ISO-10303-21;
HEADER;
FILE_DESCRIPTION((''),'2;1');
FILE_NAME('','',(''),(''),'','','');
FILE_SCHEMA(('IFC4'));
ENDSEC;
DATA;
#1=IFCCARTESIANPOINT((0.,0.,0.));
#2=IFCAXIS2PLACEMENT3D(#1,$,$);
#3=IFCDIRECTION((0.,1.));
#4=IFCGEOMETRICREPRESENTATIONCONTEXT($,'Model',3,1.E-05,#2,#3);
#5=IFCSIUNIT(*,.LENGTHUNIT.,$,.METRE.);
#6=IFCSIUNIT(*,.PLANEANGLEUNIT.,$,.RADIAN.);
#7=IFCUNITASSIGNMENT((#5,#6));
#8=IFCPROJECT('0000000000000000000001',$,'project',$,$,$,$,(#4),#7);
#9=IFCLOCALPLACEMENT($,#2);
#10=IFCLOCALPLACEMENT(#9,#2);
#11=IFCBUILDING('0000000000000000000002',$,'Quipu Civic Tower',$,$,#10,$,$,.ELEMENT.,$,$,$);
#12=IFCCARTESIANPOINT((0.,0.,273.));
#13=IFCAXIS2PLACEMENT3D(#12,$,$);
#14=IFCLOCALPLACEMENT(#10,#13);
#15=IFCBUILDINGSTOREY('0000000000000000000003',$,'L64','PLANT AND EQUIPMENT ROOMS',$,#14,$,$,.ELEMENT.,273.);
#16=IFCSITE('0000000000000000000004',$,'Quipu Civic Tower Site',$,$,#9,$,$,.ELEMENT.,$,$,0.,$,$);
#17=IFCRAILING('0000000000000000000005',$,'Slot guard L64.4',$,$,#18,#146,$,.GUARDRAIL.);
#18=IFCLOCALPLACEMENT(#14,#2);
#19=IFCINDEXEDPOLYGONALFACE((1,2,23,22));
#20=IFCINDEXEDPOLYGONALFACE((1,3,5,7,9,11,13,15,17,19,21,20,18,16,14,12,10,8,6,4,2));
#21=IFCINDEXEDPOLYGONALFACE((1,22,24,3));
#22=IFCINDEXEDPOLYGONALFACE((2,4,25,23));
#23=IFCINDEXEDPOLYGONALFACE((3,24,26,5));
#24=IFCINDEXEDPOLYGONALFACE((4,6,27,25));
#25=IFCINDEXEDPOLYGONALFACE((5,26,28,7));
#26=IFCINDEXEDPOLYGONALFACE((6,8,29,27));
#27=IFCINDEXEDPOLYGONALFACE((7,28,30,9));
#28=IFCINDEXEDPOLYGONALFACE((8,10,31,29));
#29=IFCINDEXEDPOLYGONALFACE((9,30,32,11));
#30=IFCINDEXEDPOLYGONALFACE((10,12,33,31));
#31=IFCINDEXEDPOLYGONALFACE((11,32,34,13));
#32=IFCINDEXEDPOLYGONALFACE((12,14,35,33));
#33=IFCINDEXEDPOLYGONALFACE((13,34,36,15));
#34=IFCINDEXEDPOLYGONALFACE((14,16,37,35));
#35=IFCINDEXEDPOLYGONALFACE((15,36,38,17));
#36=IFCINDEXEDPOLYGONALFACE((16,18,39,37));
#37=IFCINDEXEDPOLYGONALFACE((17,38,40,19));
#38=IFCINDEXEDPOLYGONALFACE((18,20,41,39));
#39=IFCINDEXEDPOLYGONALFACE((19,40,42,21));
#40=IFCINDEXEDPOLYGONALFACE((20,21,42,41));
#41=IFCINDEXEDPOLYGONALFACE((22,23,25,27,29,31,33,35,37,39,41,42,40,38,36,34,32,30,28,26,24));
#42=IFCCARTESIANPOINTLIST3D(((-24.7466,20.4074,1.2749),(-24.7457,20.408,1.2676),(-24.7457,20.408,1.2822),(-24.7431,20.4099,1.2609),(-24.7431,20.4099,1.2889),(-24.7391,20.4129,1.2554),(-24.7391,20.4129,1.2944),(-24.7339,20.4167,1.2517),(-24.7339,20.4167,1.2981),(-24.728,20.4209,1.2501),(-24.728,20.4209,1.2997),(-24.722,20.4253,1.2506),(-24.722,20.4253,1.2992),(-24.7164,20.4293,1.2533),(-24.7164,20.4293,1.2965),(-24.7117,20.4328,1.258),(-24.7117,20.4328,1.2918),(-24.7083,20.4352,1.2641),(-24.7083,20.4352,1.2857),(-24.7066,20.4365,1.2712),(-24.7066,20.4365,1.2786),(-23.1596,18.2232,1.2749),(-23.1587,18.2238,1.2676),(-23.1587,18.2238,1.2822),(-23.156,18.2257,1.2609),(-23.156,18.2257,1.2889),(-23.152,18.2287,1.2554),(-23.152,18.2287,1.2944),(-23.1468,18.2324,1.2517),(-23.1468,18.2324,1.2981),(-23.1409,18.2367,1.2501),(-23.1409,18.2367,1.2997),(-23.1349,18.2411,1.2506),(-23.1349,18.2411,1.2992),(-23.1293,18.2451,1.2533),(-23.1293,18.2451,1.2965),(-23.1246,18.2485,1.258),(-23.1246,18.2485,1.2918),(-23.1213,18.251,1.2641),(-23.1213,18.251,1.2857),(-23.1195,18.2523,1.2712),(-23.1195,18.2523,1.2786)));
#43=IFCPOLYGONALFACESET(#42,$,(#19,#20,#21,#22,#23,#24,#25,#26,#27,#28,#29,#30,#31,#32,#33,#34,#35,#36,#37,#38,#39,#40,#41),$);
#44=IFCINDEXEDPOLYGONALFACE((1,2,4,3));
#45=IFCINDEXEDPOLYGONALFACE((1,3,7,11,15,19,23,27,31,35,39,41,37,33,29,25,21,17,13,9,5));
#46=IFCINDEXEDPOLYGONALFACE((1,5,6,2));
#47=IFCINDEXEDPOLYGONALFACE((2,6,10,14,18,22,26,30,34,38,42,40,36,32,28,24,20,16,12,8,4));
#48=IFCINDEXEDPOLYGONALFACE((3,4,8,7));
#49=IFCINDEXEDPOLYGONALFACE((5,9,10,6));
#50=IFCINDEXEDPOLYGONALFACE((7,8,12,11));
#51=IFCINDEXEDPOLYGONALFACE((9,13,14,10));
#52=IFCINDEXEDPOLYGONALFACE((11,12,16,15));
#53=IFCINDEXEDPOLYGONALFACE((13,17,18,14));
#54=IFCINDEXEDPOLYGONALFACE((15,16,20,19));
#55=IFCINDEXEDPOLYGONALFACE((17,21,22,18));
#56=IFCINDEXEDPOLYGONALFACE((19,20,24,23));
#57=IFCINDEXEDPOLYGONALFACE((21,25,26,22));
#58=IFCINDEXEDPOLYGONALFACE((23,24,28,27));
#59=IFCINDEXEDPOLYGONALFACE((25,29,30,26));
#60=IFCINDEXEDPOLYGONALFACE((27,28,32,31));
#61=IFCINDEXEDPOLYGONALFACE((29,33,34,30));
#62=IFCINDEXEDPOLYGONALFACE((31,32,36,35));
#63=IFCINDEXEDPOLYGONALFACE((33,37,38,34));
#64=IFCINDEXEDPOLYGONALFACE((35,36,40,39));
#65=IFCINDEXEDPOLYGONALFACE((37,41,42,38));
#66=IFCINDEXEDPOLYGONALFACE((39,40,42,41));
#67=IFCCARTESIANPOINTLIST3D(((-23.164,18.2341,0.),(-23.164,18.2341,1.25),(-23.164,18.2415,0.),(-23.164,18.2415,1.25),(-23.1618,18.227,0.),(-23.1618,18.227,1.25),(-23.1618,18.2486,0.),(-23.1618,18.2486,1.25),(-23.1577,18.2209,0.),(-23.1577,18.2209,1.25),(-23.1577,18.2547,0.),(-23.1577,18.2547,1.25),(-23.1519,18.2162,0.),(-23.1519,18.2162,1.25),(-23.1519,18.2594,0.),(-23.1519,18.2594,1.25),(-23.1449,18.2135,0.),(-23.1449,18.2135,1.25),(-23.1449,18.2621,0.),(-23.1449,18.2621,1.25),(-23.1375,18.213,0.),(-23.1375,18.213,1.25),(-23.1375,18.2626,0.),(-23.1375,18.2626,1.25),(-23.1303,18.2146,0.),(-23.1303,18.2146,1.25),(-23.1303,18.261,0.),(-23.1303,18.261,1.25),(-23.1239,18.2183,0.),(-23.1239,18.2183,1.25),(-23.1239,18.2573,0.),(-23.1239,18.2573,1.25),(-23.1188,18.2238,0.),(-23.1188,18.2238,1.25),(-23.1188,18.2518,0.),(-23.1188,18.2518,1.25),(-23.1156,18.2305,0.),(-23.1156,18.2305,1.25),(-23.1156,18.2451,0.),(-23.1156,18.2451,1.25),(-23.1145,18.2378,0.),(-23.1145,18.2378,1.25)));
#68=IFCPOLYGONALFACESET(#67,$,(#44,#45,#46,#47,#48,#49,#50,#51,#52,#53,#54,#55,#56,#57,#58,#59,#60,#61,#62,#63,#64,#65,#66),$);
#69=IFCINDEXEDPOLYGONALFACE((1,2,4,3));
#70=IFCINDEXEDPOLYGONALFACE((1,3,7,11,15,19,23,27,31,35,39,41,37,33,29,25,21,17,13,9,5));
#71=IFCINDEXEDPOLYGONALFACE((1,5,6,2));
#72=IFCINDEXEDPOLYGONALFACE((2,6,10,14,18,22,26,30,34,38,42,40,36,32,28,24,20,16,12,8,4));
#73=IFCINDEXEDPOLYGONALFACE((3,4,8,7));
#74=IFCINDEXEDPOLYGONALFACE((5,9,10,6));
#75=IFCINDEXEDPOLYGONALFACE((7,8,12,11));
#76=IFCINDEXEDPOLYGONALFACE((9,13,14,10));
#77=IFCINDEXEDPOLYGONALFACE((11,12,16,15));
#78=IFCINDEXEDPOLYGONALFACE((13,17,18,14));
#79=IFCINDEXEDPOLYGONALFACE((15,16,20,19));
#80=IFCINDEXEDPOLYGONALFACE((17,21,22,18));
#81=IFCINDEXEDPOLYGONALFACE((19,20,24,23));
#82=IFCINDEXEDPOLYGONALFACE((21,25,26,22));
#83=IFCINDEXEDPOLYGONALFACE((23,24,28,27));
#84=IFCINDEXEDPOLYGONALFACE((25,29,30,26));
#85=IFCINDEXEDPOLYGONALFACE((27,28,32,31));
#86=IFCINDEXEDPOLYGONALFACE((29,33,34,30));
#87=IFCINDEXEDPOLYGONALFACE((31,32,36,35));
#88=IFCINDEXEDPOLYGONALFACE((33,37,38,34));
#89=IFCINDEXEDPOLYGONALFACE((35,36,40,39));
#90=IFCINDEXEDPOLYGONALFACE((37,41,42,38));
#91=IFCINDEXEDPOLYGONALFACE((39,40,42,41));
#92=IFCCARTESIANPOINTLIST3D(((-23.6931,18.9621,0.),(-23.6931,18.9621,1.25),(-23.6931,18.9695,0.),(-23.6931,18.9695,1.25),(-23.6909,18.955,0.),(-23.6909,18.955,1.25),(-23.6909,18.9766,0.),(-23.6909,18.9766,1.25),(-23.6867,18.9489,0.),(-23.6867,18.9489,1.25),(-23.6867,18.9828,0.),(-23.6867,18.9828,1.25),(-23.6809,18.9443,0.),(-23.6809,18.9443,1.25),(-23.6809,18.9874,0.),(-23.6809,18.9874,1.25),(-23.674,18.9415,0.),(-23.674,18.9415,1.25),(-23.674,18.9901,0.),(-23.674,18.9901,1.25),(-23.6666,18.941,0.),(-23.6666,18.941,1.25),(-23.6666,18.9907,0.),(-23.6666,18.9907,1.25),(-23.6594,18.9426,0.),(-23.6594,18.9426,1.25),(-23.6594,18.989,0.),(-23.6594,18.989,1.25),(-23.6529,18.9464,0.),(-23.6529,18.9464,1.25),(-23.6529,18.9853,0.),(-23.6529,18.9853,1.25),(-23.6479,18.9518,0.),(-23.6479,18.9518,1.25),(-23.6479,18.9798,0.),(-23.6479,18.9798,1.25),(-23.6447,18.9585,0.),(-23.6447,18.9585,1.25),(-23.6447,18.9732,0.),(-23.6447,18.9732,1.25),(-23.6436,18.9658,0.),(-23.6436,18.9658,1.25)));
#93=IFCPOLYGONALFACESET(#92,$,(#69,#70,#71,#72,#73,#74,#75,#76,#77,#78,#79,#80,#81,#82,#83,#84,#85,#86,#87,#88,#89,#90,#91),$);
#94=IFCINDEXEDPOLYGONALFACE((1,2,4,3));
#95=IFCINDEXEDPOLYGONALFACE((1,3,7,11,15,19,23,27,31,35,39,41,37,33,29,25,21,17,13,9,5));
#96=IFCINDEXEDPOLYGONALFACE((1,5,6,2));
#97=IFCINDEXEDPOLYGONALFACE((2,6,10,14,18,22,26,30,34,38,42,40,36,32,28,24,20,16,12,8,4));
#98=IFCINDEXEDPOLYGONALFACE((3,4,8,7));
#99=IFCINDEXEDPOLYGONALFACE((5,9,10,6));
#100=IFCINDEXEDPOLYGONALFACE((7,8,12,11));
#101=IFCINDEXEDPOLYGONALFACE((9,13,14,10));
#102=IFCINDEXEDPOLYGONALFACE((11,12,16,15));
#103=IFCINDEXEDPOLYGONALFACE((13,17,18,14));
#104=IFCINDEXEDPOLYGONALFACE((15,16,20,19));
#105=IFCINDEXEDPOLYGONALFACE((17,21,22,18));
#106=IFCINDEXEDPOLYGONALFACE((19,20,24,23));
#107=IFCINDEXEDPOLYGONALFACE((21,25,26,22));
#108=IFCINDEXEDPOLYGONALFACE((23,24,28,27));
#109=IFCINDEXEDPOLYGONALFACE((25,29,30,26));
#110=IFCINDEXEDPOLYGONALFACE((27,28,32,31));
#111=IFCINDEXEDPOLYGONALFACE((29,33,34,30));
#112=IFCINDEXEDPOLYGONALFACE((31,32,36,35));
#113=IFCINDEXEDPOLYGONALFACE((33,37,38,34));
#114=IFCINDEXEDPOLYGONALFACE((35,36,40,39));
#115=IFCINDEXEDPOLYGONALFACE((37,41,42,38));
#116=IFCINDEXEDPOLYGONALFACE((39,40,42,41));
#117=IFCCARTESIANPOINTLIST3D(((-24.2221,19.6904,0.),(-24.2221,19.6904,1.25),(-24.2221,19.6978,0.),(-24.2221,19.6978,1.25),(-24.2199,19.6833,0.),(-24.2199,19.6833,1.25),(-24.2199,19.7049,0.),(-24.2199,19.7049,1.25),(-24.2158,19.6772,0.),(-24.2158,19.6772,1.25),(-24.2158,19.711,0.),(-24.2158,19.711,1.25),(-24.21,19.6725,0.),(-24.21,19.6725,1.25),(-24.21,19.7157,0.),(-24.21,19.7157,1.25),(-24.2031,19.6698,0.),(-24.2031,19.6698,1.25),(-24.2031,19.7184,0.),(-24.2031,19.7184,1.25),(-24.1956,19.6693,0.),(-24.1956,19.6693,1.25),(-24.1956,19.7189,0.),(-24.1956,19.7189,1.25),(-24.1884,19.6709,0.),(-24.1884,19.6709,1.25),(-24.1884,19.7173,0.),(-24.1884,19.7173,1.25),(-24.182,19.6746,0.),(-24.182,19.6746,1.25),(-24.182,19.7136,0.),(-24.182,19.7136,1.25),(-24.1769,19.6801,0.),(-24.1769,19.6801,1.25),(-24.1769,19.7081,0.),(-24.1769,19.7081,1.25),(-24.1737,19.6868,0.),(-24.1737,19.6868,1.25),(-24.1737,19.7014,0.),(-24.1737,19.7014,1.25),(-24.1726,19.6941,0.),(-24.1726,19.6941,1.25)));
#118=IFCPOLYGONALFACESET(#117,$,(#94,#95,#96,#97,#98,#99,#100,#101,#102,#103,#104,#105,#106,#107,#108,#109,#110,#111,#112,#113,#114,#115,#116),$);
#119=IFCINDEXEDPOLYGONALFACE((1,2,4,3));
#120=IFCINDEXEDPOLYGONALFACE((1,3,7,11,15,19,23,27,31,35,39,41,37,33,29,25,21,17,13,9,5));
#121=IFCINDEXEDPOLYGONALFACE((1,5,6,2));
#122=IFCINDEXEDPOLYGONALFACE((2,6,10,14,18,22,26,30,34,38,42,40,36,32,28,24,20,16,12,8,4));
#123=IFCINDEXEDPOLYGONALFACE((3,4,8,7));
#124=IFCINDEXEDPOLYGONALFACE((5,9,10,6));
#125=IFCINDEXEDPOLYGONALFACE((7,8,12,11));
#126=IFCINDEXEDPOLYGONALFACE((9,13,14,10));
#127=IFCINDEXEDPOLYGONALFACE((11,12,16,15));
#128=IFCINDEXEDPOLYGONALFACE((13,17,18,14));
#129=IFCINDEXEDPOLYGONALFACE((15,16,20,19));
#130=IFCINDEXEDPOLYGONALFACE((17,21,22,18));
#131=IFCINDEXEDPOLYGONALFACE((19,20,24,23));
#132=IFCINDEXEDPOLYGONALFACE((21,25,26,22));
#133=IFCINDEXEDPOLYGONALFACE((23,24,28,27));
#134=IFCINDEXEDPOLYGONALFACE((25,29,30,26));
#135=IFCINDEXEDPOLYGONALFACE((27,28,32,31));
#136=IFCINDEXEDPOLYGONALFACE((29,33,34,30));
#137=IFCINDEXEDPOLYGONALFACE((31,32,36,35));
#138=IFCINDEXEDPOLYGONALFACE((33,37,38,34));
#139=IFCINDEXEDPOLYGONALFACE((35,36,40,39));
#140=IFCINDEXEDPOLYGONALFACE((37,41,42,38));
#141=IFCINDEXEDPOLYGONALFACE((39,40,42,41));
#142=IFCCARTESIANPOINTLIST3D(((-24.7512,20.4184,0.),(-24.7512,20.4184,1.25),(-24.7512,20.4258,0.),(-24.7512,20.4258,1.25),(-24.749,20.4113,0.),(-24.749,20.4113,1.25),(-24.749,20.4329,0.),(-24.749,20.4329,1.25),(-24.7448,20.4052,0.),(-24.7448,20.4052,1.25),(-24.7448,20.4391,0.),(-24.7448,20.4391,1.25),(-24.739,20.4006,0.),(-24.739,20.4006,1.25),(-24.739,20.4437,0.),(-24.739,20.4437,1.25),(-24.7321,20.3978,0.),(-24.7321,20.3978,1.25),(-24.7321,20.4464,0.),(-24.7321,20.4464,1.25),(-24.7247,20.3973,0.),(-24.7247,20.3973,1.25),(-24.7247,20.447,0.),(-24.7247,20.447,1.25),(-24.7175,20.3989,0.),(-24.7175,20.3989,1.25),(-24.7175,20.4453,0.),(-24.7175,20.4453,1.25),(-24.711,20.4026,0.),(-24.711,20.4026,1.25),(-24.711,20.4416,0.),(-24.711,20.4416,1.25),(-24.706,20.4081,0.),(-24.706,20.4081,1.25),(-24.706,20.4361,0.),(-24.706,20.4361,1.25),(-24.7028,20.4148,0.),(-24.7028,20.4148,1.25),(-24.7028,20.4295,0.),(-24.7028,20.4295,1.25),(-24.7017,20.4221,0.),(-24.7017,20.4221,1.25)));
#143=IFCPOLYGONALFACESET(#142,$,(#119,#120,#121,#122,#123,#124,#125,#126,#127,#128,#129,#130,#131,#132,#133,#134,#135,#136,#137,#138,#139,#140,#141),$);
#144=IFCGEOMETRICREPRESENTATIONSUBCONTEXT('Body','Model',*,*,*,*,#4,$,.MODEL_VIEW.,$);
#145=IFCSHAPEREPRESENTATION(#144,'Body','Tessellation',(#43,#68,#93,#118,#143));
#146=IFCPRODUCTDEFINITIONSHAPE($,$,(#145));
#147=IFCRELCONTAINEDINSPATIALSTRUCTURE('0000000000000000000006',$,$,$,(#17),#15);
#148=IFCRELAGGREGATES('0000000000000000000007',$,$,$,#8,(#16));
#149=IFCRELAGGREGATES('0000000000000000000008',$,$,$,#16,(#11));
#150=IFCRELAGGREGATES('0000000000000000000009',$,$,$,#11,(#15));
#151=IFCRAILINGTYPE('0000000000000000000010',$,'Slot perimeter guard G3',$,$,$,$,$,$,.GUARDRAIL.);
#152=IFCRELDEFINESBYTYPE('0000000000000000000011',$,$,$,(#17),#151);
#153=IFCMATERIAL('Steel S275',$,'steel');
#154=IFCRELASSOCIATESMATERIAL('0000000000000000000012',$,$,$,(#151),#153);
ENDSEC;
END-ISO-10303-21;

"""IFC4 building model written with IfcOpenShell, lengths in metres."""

from ifc_helpers import new_model, si_unit, direction, frame, origin, origin_2d, place, context, subcontext, project, spatial, circle, extrude, material, type_object, element, save


model = new_model("IFC4")

# Units and contexts
model_context = context("Model", 3, precision=1e-05, world=origin(), true_north=direction((0.0, 1.0)))
body_context = subcontext(model_context, "Body", "Model", "MODEL_VIEW")
ifc_project = project(units=[si_unit("LENGTHUNIT", "METRE"), si_unit("PLANEANGLEUNIT", "RADIAN")], contexts=[model_context])

# Site, building, storey
site_placement = place(None, origin())
site = spatial("IfcSite", under=ifc_project, at=site_placement, Name="Quipu Civic Tower Site", CompositionType="ELEMENT", RefElevation=0.0)
building_placement = place(site_placement, origin())
building = spatial("IfcBuilding", under=site, at=building_placement, Name="Quipu Civic Tower", CompositionType="ELEMENT")
storey_placement = place(building_placement, frame((0.0, 0.0, 273.0)))
storey = spatial("IfcBuildingStorey", under=building, at=storey_placement, Name="L64", Description="PLANT AND EQUIPMENT ROOMS", CompositionType="ELEMENT", Elevation=273.0)

# Railing
ifc_material_1 = material(Name="Steel S275", Category="steel")
railing_type = type_object("IfcRailingType", Name="Slot perimeter guard G3", PredefinedType="GUARDRAIL", material=ifc_material_1)
railing_1_placement = place(storey_placement, frame((-23.1394, 18.2378, 0.0)))
element("IfcRailing", 1, at=railing_1_placement, inside=storey, type_object=railing_type, Name="Slot guard L64.4", PredefinedType="GUARDRAIL", context=body_context, shape_type="SweptSolid", body=[
    extrude(circle(Radius=0.0249, at=origin_2d()), frame((0.0, 0.0, 1.2749), z_axis=(-0.587822, 0.80899, 0.0), x_axis=(-0.80899, -0.587822, 0.0)), (0.0, 0.0, 1.0), 2.7),
    extrude(circle(Radius=0.0249, at=origin_2d()), origin(), (0.0, 0.0, 1.0), 1.25),
    extrude(circle(Radius=0.0249, at=origin_2d()), frame((-0.5291, 0.728, 0.0)), (0.0, 0.0, 1.0), 1.25),
    extrude(circle(Radius=0.0249, at=origin_2d()), frame((-1.0581, 1.4563, 0.0)), (0.0, 0.0, 1.0), 1.25),
    extrude(circle(Radius=0.0249, at=origin_2d()), frame((-1.5872, 2.1843, 0.0)), (0.0, 0.0, 1.0), 1.25),
])

save(model, "model.ifc")
